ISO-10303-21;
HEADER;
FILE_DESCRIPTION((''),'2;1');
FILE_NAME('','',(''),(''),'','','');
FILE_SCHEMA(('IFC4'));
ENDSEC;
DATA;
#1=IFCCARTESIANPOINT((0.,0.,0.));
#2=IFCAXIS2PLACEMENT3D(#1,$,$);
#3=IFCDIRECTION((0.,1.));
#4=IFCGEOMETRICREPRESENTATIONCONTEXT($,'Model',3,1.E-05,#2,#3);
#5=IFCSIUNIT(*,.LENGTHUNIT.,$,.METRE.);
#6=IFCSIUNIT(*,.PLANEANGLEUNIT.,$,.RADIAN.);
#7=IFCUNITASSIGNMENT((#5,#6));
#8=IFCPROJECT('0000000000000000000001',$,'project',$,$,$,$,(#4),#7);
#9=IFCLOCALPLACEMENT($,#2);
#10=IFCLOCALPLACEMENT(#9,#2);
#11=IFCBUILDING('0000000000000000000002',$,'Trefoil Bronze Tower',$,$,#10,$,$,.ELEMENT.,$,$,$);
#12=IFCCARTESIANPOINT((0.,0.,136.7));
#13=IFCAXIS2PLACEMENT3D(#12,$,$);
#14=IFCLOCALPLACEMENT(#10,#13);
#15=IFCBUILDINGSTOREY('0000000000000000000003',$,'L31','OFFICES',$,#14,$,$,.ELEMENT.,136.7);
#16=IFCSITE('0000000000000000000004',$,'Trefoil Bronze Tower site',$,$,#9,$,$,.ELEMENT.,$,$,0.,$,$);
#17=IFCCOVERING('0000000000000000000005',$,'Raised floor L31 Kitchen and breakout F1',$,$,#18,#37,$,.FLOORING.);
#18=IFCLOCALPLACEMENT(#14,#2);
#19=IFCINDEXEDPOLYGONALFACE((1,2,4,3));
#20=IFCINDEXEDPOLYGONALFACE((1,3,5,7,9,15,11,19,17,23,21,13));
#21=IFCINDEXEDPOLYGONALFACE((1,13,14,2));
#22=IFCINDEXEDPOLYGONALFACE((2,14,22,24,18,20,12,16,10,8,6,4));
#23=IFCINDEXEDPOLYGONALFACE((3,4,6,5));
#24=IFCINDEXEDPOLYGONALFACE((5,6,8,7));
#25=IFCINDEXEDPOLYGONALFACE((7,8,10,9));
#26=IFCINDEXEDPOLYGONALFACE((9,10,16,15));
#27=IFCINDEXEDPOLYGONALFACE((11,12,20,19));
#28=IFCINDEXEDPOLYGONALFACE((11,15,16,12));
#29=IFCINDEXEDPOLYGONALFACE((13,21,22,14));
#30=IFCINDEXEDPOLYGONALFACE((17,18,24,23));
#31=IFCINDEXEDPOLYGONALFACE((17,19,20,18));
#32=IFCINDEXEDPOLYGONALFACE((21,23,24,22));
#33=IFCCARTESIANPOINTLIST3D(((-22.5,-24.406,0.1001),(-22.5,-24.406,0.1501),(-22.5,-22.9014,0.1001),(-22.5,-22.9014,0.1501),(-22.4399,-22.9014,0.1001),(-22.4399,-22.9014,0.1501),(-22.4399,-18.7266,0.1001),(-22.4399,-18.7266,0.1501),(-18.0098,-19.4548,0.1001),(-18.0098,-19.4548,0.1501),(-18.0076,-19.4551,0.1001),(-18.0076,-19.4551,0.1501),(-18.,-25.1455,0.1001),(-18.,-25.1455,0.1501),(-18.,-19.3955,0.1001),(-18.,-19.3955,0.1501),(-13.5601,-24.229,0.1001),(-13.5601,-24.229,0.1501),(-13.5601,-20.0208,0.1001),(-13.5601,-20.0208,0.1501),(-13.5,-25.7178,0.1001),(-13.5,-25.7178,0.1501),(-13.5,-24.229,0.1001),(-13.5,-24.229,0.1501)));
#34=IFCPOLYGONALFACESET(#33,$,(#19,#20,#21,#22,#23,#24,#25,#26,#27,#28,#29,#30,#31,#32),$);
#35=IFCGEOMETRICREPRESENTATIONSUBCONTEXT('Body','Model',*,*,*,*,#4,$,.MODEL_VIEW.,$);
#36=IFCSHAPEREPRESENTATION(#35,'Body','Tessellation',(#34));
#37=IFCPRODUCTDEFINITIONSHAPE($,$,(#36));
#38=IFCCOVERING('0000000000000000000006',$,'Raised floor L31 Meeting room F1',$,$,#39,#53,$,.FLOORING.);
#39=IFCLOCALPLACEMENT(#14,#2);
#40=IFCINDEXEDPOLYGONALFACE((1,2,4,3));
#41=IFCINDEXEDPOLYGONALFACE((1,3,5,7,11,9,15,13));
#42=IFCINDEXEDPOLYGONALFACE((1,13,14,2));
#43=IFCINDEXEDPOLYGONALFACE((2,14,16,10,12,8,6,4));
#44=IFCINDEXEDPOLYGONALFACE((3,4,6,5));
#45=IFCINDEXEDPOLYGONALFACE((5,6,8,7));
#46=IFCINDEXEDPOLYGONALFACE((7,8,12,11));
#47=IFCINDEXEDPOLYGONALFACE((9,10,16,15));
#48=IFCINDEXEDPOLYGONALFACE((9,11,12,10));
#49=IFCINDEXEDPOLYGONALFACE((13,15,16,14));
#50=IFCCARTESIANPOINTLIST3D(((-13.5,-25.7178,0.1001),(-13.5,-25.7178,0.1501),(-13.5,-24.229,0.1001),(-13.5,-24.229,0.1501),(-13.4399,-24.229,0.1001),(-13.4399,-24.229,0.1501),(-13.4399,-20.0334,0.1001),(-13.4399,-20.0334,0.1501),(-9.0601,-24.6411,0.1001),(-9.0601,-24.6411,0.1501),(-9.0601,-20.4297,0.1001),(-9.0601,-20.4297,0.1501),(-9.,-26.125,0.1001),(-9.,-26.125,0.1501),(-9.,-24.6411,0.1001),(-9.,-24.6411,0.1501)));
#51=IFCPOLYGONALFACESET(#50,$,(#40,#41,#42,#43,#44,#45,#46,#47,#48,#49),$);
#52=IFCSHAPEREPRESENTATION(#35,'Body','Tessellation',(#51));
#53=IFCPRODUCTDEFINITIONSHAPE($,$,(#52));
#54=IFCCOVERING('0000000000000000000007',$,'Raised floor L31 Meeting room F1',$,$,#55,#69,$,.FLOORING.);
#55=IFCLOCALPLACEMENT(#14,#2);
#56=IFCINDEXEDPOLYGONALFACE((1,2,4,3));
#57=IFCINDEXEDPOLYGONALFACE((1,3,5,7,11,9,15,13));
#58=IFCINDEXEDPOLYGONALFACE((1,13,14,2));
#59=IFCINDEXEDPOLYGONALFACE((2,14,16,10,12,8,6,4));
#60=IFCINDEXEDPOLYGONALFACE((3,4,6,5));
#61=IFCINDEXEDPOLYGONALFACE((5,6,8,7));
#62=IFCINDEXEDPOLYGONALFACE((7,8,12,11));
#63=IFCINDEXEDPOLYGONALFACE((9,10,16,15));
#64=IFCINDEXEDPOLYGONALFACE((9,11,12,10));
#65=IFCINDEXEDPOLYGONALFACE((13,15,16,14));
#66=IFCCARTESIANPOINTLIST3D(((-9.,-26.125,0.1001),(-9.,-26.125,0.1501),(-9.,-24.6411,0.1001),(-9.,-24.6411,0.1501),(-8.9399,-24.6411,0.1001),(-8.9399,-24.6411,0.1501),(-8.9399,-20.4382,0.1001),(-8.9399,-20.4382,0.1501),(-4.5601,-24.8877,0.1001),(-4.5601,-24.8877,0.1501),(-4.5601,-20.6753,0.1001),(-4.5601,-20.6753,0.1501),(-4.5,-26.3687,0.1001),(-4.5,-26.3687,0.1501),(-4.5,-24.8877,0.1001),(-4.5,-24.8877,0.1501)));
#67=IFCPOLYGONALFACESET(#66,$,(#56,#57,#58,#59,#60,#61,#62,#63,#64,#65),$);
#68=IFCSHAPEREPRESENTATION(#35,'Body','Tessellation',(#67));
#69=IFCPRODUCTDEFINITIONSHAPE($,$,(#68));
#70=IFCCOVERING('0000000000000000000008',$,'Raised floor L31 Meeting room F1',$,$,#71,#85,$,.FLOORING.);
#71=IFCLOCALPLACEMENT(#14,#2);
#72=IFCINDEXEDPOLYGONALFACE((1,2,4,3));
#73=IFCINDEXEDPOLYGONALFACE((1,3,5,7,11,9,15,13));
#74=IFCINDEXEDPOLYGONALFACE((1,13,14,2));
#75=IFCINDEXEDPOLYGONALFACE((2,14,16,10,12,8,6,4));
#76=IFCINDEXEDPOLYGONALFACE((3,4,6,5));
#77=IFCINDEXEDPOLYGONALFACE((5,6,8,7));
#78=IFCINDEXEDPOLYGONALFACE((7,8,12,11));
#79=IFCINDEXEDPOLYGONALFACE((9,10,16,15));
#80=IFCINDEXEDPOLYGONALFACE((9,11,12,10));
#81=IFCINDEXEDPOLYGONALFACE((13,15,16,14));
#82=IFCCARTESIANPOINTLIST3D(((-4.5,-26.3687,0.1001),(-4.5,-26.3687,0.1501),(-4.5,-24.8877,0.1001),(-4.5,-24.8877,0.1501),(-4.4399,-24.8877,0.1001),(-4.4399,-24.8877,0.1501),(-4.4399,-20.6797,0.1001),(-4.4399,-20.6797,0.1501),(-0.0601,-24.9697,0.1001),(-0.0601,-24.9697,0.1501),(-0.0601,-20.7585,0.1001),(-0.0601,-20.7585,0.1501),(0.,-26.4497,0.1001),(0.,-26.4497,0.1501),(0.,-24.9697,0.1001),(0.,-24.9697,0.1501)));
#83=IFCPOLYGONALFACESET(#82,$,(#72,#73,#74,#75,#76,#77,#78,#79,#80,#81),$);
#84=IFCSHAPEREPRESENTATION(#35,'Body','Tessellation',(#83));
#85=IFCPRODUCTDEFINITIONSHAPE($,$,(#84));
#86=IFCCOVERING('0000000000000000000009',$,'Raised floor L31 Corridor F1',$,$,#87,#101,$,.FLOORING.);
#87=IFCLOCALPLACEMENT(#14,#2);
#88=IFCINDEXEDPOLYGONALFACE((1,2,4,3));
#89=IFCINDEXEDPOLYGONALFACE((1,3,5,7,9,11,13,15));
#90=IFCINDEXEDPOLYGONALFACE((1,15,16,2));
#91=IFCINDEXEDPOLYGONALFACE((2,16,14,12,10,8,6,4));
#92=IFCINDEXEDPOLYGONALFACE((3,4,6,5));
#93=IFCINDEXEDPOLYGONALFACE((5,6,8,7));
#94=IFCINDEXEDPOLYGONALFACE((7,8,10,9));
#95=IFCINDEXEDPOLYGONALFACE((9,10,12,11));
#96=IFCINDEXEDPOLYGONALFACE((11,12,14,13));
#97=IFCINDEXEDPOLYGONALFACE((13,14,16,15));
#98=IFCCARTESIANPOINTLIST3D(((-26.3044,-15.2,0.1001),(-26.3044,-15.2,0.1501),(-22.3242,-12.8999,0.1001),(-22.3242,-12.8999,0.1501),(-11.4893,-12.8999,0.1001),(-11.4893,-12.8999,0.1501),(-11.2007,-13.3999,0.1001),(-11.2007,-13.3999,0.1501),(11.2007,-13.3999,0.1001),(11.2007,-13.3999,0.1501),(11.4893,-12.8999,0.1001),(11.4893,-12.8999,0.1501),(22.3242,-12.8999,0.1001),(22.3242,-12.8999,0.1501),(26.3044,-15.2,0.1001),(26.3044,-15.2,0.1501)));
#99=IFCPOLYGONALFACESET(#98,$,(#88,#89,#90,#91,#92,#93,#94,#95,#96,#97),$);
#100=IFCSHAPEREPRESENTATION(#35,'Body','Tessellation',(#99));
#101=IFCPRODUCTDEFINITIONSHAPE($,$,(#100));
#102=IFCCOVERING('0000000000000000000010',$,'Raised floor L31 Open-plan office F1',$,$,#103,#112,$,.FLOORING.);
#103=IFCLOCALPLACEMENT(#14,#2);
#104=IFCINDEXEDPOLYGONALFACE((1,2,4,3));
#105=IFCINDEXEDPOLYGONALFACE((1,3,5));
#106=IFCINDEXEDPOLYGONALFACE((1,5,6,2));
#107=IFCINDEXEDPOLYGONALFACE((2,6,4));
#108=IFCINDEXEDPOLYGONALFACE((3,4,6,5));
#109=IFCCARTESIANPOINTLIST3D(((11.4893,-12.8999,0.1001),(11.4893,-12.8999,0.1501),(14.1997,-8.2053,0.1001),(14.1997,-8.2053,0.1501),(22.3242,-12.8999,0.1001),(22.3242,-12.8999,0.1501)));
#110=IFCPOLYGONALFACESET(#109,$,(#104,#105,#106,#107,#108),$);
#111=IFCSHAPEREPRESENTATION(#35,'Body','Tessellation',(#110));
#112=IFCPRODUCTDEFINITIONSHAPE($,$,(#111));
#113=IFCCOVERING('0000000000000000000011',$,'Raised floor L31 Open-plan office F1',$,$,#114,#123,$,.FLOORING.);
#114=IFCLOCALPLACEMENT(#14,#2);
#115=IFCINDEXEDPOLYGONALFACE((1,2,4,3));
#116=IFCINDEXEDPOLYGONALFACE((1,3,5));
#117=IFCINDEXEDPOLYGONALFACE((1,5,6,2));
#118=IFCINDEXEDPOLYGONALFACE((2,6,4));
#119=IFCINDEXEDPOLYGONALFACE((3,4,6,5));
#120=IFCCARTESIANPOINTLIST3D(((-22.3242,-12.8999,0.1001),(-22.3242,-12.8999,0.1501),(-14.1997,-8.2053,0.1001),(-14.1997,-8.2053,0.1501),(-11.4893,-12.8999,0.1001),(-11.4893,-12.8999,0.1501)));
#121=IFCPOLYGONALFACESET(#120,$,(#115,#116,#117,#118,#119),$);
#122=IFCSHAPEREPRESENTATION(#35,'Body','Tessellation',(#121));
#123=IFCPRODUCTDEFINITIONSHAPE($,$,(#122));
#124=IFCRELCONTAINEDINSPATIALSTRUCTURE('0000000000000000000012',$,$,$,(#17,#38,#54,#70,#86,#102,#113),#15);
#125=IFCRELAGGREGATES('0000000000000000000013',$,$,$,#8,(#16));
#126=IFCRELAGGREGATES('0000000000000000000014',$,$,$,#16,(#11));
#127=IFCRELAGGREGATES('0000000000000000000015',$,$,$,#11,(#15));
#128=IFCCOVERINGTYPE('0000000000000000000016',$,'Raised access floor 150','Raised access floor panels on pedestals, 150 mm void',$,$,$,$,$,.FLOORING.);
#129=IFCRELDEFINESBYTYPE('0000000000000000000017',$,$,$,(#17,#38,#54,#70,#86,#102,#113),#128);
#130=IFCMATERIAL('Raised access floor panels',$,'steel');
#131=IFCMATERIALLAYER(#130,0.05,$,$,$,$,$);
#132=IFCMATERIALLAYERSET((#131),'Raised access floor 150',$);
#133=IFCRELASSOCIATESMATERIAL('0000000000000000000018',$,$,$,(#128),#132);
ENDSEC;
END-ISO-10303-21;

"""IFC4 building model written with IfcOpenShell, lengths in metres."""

from ifc_helpers import new_model, si_unit, direction, frame, origin, place, context, subcontext, project, spatial, polyline, outline, extrude, material, layer, layer_set, type_object, element, save


model = new_model("IFC4")

# Units and contexts
model_context = context("Model", 3, precision=1e-05, world=origin(), true_north=direction((0.0, 1.0)))
body_context = subcontext(model_context, "Body", "Model", "MODEL_VIEW")
ifc_project = project(units=[si_unit("LENGTHUNIT", "METRE"), si_unit("PLANEANGLEUNIT", "RADIAN")], contexts=[model_context])

# Site, building, storey
site_placement = place(None, origin())
site = spatial("IfcSite", under=ifc_project, at=site_placement, Name="Trefoil Bronze Tower site", CompositionType="ELEMENT", RefElevation=0.0)
building_placement = place(site_placement, origin())
building = spatial("IfcBuilding", under=site, at=building_placement, Name="Trefoil Bronze Tower", CompositionType="ELEMENT")
storey_placement = place(building_placement, frame((0.0, 0.0, 136.7)))
storey = spatial("IfcBuildingStorey", under=building, at=storey_placement, Name="L31", Description="OFFICES", CompositionType="ELEMENT", Elevation=136.7)

# Coverings
ifc_material_1 = material(Name="Raised access floor panels", Category="steel")
ifc_layer_1 = layer(ifc_material_1, 0.05)
ifc_layer_set_1 = layer_set([ifc_layer_1], Name="Raised access floor 150")
covering_type_1 = type_object("IfcCoveringType", Name="Raised access floor 150", Description="Raised access floor panels on pedestals, 150 mm void", PredefinedType="FLOORING", material=ifc_layer_set_1)
covering_1_placement = place(storey_placement, frame((0.0, 0.0, 0.1001)))
element("IfcCovering", 1, at=covering_1_placement, inside=storey, type_object=covering_type_1, Name="Raised floor L31 Kitchen and breakout F1", PredefinedType="FLOORING", context=body_context, shape_type="SweptSolid", body=[
    extrude(outline(polyline([(-18.0, -25.1455), (-22.5, -24.406), (-22.5, -22.9014), (-22.4399, -22.9014), (-22.4399, -18.7266), (-18.0098, -19.4548), (-18.0, -19.3955), (-18.0076, -19.4551), (-13.5601, -20.0208), (-13.5601, -24.229), (-13.5, -24.229), (-13.5, -25.7178), (-18.0, -25.1455)])), origin(), (0.0, 0.0, 1.0), 0.05),
])
covering_2_placement = place(storey_placement, frame((0.0, 0.0, 0.1001)))
element("IfcCovering", 2, at=covering_2_placement, inside=storey, type_object=covering_type_1, Name="Raised floor L31 Meeting room F1", PredefinedType="FLOORING", context=body_context, shape_type="SweptSolid", body=[
    extrude(outline(polyline([(-9.0, -26.125), (-13.5, -25.7178), (-13.5, -24.229), (-13.4399, -24.229), (-13.4399, -20.0334), (-9.0601, -20.4297), (-9.0601, -24.6411), (-9.0, -24.6411), (-9.0, -26.125)])), origin(), (0.0, 0.0, 1.0), 0.05),
])
covering_3_placement = place(storey_placement, frame((0.0, 0.0, 0.1001)))
element("IfcCovering", 3, at=covering_3_placement, inside=storey, type_object=covering_type_1, Name="Raised floor L31 Meeting room F1", PredefinedType="FLOORING", context=body_context, shape_type="SweptSolid", body=[
    extrude(outline(polyline([(-4.5, -26.3687), (-9.0, -26.125), (-9.0, -24.6411), (-8.9399, -24.6411), (-8.9399, -20.4382), (-4.5601, -20.6753), (-4.5601, -24.8877), (-4.5, -24.8877), (-4.5, -26.3687)])), origin(), (0.0, 0.0, 1.0), 0.05),
])
covering_4_placement = place(storey_placement, frame((0.0, 0.0, 0.1001)))
element("IfcCovering", 4, at=covering_4_placement, inside=storey, type_object=covering_type_1, Name="Raised floor L31 Meeting room F1", PredefinedType="FLOORING", context=body_context, shape_type="SweptSolid", body=[
    extrude(outline(polyline([(0.0, -26.4497), (-4.5, -26.3687), (-4.5, -24.8877), (-4.4399, -24.8877), (-4.4399, -20.6797), (-0.0601, -20.7585), (-0.0601, -24.9697), (0.0, -24.9697), (0.0, -26.4497)])), origin(), (0.0, 0.0, 1.0), 0.05),
])
covering_5_placement = place(storey_placement, frame((0.0, 0.0, 0.1001)))
element("IfcCovering", 5, at=covering_5_placement, inside=storey, type_object=covering_type_1, Name="Raised floor L31 Corridor F1", PredefinedType="FLOORING", context=body_context, shape_type="SweptSolid", body=[
    extrude(outline(polyline([(-26.3044, -15.2), (-22.3242, -12.8999), (-11.4893, -12.8999), (-11.2007, -13.3999), (11.2007, -13.3999), (11.4893, -12.8999), (22.3242, -12.8999), (26.3044, -15.2), (-26.3044, -15.2)])), origin(), (0.0, 0.0, 1.0), 0.05),
])
covering_6_placement = place(storey_placement, frame((0.0, 0.0, 0.1001)))
element("IfcCovering", 6, at=covering_6_placement, inside=storey, type_object=covering_type_1, Name="Raised floor L31 Open-plan office F1", PredefinedType="FLOORING", context=body_context, shape_type="SweptSolid", body=[
    extrude(outline(polyline([(14.1997, -8.2053), (22.3242, -12.8999), (11.4893, -12.8999), (14.1997, -8.2053)])), origin(), (0.0, 0.0, 1.0), 0.05),
])
covering_7_placement = place(storey_placement, frame((0.0, 0.0, 0.1001)))
element("IfcCovering", 7, at=covering_7_placement, inside=storey, type_object=covering_type_1, Name="Raised floor L31 Open-plan office F1", PredefinedType="FLOORING", context=body_context, shape_type="SweptSolid", body=[
    extrude(outline(polyline([(-22.3242, -12.8999), (-14.1997, -8.2053), (-11.4893, -12.8999), (-22.3242, -12.8999)])), origin(), (0.0, 0.0, 1.0), 0.05),
])

save(model, "model.ifc")
